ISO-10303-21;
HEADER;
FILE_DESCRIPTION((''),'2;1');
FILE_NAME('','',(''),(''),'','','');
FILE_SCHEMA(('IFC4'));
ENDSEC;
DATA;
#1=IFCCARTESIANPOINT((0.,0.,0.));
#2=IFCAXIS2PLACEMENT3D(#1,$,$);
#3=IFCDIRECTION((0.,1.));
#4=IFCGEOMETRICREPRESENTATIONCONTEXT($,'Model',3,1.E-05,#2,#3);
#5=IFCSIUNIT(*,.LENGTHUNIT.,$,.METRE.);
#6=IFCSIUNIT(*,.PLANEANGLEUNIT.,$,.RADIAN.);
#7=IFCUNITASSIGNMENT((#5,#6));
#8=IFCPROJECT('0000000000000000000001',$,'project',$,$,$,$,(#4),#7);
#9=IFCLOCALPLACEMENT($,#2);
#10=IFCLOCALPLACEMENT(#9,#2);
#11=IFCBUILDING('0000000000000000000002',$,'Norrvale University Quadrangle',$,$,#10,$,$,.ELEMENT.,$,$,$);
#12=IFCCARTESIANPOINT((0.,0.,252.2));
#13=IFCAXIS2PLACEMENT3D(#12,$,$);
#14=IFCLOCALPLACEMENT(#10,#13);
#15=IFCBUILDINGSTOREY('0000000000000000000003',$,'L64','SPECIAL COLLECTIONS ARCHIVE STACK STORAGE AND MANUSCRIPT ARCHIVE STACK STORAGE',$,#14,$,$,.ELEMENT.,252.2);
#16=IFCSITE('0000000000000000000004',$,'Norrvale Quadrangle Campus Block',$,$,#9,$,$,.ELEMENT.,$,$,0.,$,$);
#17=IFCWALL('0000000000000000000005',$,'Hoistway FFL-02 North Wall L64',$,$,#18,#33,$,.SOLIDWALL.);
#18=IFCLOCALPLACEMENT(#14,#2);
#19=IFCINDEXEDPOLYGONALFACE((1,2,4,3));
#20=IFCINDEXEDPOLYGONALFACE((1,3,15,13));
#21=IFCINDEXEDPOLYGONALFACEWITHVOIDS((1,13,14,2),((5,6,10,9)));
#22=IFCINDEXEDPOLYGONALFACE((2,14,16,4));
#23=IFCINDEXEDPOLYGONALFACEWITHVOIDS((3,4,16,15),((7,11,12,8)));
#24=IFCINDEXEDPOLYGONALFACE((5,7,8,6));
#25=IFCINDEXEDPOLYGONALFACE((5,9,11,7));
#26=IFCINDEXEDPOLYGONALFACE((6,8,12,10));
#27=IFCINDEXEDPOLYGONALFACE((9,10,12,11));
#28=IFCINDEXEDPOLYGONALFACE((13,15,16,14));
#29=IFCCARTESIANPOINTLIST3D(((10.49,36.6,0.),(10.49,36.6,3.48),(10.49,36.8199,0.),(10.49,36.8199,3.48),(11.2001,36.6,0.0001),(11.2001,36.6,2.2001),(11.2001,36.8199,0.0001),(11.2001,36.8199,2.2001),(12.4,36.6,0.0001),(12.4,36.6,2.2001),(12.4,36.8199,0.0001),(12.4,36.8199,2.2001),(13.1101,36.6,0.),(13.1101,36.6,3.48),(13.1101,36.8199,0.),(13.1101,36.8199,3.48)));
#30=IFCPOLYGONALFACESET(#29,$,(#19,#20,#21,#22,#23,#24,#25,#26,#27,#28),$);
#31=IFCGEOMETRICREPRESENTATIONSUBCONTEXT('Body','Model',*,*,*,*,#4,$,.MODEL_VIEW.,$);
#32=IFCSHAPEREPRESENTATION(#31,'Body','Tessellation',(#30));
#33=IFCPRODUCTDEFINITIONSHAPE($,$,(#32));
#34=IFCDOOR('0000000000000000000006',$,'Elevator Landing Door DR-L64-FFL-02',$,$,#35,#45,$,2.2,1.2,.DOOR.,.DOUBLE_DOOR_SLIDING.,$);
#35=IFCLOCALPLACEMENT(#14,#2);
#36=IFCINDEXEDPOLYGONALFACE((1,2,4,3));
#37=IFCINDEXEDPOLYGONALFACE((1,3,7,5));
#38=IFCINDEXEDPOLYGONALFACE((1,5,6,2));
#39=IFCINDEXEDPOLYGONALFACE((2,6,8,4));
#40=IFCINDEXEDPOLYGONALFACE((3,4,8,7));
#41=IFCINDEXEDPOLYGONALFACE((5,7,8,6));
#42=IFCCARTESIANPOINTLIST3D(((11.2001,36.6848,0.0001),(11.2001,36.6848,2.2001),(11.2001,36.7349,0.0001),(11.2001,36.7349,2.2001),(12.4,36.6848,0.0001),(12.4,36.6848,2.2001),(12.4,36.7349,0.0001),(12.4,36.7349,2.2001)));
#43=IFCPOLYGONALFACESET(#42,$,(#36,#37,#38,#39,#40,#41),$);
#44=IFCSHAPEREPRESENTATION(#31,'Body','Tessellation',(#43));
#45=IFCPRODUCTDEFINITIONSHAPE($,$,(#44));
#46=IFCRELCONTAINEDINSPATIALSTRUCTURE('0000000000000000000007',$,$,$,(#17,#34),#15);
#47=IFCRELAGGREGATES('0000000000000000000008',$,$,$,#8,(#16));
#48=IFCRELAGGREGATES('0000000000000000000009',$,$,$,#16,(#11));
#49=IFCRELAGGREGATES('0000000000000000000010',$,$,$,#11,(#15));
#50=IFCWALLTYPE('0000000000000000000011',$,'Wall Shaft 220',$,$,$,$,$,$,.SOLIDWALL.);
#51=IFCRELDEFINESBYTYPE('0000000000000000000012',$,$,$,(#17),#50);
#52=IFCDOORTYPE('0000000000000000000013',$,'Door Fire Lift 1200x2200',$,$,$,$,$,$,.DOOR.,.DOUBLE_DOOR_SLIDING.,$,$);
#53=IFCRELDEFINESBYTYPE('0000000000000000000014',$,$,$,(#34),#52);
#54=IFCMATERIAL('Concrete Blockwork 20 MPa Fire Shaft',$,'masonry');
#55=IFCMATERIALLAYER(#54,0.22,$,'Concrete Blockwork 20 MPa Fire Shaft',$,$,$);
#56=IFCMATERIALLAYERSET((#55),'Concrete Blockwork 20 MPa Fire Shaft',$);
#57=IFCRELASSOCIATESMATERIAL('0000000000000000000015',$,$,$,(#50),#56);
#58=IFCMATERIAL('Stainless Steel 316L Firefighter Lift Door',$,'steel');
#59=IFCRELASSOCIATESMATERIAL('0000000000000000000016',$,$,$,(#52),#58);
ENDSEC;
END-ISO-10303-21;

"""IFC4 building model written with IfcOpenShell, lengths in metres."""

from ifc_helpers import new_model, si_unit, direction, frame, frame_2d, origin, place, context, subcontext, project, spatial, rectangle, extrude, material, layer, layer_set, type_object, element, fill, save


model = new_model("IFC4")

# Units and contexts
model_context = context("Model", 3, precision=1e-05, world=origin(), true_north=direction((0.0, 1.0)))
body_context = subcontext(model_context, "Body", "Model", "MODEL_VIEW")
ifc_project = project(units=[si_unit("LENGTHUNIT", "METRE"), si_unit("PLANEANGLEUNIT", "RADIAN")], contexts=[model_context])

# Site, building, storey
site_placement = place(None, origin())
site = spatial("IfcSite", under=ifc_project, at=site_placement, Name="Norrvale Quadrangle Campus Block", CompositionType="ELEMENT", RefElevation=0.0)
building_placement = place(site_placement, origin())
building = spatial("IfcBuilding", under=site, at=building_placement, Name="Norrvale University Quadrangle", CompositionType="ELEMENT")
storey_placement = place(building_placement, frame((0.0, 0.0, 252.2)))
storey = spatial("IfcBuildingStorey", under=building, at=storey_placement, Name="L64", Description="SPECIAL COLLECTIONS ARCHIVE STACK STORAGE AND MANUSCRIPT ARCHIVE STACK STORAGE", CompositionType="ELEMENT", Elevation=252.2)

# Shared definitions
ifc_material_1 = material(Name="Concrete Blockwork 20 MPa Fire Shaft", Category="masonry")
ifc_layer_1 = layer(ifc_material_1, 0.22, Name="Concrete Blockwork 20 MPa Fire Shaft")
ifc_layer_set_1 = layer_set([ifc_layer_1], Name="Concrete Blockwork 20 MPa Fire Shaft")
wall_type_1 = type_object("IfcWallType", Name="Wall Shaft 220", PredefinedType="SOLIDWALL", material=ifc_layer_set_1)

# Wall, opening, door
wall_1_placement = place(storey_placement, frame((10.49, 36.71, 0.0), z_axis=(0.0, 0.0, 1.0), x_axis=(1.0, 0.0, 0.0)))
wall_1 = element("IfcWall", 1, at=wall_1_placement, inside=storey, type_object=wall_type_1, Name="Hoistway FFL-02 North Wall L64", PredefinedType="SOLIDWALL", context=body_context, shape_type="SweptSolid", body=[
    extrude(rectangle(XDim=2.6201, YDim=0.22, at=frame_2d((1.3101, 0.0))), origin(), (0.0, 0.0, 1.0), 3.48),
])
opening_1_placement = place(wall_1_placement, frame((0.71, 0.0, 0.0)))
opening_1 = element("IfcOpeningElement", 2, at=opening_1_placement, cuts=wall_1, PredefinedType="OPENING", context=body_context, shape_type="SweptSolid", body=[
    extrude(rectangle(XDim=1.2, YDim=2.2, at=frame_2d((0.6001, 1.1001))), frame((0.0, 0.1221, 0.0), z_axis=(0.0, -1.0, 0.0), x_axis=(1.0, 0.0, 0.0)), (0.0, 0.0, 1.0), 0.2439),
])
ifc_material_2 = material(Name="Stainless Steel 316L Firefighter Lift Door", Category="steel")
door_type_1 = type_object("IfcDoorType", Name="Door Fire Lift 1200x2200", OperationType="DOUBLE_DOOR_SLIDING", PredefinedType="DOOR", material=ifc_material_2)
door_1_placement = place(opening_1_placement, origin())
door_1 = element("IfcDoor", 3, at=door_1_placement, inside=storey, type_object=door_type_1, Name="Elevator Landing Door DR-L64-FFL-02", OperationType="DOUBLE_DOOR_SLIDING", OverallHeight=2.2, OverallWidth=1.2, PredefinedType="DOOR", context=body_context, shape_type="SweptSolid", body=[
    extrude(rectangle(XDim=1.2, YDim=2.2, at=frame_2d((0.6001, 1.1001))), frame((0.0, 0.0249, 0.0), z_axis=(0.0, -1.0, 0.0), x_axis=(1.0, 0.0, 0.0)), (0.0, 0.0, 1.0), 0.05),
])
fill(opening_1, door_1)

save(model, "model.ifc")
